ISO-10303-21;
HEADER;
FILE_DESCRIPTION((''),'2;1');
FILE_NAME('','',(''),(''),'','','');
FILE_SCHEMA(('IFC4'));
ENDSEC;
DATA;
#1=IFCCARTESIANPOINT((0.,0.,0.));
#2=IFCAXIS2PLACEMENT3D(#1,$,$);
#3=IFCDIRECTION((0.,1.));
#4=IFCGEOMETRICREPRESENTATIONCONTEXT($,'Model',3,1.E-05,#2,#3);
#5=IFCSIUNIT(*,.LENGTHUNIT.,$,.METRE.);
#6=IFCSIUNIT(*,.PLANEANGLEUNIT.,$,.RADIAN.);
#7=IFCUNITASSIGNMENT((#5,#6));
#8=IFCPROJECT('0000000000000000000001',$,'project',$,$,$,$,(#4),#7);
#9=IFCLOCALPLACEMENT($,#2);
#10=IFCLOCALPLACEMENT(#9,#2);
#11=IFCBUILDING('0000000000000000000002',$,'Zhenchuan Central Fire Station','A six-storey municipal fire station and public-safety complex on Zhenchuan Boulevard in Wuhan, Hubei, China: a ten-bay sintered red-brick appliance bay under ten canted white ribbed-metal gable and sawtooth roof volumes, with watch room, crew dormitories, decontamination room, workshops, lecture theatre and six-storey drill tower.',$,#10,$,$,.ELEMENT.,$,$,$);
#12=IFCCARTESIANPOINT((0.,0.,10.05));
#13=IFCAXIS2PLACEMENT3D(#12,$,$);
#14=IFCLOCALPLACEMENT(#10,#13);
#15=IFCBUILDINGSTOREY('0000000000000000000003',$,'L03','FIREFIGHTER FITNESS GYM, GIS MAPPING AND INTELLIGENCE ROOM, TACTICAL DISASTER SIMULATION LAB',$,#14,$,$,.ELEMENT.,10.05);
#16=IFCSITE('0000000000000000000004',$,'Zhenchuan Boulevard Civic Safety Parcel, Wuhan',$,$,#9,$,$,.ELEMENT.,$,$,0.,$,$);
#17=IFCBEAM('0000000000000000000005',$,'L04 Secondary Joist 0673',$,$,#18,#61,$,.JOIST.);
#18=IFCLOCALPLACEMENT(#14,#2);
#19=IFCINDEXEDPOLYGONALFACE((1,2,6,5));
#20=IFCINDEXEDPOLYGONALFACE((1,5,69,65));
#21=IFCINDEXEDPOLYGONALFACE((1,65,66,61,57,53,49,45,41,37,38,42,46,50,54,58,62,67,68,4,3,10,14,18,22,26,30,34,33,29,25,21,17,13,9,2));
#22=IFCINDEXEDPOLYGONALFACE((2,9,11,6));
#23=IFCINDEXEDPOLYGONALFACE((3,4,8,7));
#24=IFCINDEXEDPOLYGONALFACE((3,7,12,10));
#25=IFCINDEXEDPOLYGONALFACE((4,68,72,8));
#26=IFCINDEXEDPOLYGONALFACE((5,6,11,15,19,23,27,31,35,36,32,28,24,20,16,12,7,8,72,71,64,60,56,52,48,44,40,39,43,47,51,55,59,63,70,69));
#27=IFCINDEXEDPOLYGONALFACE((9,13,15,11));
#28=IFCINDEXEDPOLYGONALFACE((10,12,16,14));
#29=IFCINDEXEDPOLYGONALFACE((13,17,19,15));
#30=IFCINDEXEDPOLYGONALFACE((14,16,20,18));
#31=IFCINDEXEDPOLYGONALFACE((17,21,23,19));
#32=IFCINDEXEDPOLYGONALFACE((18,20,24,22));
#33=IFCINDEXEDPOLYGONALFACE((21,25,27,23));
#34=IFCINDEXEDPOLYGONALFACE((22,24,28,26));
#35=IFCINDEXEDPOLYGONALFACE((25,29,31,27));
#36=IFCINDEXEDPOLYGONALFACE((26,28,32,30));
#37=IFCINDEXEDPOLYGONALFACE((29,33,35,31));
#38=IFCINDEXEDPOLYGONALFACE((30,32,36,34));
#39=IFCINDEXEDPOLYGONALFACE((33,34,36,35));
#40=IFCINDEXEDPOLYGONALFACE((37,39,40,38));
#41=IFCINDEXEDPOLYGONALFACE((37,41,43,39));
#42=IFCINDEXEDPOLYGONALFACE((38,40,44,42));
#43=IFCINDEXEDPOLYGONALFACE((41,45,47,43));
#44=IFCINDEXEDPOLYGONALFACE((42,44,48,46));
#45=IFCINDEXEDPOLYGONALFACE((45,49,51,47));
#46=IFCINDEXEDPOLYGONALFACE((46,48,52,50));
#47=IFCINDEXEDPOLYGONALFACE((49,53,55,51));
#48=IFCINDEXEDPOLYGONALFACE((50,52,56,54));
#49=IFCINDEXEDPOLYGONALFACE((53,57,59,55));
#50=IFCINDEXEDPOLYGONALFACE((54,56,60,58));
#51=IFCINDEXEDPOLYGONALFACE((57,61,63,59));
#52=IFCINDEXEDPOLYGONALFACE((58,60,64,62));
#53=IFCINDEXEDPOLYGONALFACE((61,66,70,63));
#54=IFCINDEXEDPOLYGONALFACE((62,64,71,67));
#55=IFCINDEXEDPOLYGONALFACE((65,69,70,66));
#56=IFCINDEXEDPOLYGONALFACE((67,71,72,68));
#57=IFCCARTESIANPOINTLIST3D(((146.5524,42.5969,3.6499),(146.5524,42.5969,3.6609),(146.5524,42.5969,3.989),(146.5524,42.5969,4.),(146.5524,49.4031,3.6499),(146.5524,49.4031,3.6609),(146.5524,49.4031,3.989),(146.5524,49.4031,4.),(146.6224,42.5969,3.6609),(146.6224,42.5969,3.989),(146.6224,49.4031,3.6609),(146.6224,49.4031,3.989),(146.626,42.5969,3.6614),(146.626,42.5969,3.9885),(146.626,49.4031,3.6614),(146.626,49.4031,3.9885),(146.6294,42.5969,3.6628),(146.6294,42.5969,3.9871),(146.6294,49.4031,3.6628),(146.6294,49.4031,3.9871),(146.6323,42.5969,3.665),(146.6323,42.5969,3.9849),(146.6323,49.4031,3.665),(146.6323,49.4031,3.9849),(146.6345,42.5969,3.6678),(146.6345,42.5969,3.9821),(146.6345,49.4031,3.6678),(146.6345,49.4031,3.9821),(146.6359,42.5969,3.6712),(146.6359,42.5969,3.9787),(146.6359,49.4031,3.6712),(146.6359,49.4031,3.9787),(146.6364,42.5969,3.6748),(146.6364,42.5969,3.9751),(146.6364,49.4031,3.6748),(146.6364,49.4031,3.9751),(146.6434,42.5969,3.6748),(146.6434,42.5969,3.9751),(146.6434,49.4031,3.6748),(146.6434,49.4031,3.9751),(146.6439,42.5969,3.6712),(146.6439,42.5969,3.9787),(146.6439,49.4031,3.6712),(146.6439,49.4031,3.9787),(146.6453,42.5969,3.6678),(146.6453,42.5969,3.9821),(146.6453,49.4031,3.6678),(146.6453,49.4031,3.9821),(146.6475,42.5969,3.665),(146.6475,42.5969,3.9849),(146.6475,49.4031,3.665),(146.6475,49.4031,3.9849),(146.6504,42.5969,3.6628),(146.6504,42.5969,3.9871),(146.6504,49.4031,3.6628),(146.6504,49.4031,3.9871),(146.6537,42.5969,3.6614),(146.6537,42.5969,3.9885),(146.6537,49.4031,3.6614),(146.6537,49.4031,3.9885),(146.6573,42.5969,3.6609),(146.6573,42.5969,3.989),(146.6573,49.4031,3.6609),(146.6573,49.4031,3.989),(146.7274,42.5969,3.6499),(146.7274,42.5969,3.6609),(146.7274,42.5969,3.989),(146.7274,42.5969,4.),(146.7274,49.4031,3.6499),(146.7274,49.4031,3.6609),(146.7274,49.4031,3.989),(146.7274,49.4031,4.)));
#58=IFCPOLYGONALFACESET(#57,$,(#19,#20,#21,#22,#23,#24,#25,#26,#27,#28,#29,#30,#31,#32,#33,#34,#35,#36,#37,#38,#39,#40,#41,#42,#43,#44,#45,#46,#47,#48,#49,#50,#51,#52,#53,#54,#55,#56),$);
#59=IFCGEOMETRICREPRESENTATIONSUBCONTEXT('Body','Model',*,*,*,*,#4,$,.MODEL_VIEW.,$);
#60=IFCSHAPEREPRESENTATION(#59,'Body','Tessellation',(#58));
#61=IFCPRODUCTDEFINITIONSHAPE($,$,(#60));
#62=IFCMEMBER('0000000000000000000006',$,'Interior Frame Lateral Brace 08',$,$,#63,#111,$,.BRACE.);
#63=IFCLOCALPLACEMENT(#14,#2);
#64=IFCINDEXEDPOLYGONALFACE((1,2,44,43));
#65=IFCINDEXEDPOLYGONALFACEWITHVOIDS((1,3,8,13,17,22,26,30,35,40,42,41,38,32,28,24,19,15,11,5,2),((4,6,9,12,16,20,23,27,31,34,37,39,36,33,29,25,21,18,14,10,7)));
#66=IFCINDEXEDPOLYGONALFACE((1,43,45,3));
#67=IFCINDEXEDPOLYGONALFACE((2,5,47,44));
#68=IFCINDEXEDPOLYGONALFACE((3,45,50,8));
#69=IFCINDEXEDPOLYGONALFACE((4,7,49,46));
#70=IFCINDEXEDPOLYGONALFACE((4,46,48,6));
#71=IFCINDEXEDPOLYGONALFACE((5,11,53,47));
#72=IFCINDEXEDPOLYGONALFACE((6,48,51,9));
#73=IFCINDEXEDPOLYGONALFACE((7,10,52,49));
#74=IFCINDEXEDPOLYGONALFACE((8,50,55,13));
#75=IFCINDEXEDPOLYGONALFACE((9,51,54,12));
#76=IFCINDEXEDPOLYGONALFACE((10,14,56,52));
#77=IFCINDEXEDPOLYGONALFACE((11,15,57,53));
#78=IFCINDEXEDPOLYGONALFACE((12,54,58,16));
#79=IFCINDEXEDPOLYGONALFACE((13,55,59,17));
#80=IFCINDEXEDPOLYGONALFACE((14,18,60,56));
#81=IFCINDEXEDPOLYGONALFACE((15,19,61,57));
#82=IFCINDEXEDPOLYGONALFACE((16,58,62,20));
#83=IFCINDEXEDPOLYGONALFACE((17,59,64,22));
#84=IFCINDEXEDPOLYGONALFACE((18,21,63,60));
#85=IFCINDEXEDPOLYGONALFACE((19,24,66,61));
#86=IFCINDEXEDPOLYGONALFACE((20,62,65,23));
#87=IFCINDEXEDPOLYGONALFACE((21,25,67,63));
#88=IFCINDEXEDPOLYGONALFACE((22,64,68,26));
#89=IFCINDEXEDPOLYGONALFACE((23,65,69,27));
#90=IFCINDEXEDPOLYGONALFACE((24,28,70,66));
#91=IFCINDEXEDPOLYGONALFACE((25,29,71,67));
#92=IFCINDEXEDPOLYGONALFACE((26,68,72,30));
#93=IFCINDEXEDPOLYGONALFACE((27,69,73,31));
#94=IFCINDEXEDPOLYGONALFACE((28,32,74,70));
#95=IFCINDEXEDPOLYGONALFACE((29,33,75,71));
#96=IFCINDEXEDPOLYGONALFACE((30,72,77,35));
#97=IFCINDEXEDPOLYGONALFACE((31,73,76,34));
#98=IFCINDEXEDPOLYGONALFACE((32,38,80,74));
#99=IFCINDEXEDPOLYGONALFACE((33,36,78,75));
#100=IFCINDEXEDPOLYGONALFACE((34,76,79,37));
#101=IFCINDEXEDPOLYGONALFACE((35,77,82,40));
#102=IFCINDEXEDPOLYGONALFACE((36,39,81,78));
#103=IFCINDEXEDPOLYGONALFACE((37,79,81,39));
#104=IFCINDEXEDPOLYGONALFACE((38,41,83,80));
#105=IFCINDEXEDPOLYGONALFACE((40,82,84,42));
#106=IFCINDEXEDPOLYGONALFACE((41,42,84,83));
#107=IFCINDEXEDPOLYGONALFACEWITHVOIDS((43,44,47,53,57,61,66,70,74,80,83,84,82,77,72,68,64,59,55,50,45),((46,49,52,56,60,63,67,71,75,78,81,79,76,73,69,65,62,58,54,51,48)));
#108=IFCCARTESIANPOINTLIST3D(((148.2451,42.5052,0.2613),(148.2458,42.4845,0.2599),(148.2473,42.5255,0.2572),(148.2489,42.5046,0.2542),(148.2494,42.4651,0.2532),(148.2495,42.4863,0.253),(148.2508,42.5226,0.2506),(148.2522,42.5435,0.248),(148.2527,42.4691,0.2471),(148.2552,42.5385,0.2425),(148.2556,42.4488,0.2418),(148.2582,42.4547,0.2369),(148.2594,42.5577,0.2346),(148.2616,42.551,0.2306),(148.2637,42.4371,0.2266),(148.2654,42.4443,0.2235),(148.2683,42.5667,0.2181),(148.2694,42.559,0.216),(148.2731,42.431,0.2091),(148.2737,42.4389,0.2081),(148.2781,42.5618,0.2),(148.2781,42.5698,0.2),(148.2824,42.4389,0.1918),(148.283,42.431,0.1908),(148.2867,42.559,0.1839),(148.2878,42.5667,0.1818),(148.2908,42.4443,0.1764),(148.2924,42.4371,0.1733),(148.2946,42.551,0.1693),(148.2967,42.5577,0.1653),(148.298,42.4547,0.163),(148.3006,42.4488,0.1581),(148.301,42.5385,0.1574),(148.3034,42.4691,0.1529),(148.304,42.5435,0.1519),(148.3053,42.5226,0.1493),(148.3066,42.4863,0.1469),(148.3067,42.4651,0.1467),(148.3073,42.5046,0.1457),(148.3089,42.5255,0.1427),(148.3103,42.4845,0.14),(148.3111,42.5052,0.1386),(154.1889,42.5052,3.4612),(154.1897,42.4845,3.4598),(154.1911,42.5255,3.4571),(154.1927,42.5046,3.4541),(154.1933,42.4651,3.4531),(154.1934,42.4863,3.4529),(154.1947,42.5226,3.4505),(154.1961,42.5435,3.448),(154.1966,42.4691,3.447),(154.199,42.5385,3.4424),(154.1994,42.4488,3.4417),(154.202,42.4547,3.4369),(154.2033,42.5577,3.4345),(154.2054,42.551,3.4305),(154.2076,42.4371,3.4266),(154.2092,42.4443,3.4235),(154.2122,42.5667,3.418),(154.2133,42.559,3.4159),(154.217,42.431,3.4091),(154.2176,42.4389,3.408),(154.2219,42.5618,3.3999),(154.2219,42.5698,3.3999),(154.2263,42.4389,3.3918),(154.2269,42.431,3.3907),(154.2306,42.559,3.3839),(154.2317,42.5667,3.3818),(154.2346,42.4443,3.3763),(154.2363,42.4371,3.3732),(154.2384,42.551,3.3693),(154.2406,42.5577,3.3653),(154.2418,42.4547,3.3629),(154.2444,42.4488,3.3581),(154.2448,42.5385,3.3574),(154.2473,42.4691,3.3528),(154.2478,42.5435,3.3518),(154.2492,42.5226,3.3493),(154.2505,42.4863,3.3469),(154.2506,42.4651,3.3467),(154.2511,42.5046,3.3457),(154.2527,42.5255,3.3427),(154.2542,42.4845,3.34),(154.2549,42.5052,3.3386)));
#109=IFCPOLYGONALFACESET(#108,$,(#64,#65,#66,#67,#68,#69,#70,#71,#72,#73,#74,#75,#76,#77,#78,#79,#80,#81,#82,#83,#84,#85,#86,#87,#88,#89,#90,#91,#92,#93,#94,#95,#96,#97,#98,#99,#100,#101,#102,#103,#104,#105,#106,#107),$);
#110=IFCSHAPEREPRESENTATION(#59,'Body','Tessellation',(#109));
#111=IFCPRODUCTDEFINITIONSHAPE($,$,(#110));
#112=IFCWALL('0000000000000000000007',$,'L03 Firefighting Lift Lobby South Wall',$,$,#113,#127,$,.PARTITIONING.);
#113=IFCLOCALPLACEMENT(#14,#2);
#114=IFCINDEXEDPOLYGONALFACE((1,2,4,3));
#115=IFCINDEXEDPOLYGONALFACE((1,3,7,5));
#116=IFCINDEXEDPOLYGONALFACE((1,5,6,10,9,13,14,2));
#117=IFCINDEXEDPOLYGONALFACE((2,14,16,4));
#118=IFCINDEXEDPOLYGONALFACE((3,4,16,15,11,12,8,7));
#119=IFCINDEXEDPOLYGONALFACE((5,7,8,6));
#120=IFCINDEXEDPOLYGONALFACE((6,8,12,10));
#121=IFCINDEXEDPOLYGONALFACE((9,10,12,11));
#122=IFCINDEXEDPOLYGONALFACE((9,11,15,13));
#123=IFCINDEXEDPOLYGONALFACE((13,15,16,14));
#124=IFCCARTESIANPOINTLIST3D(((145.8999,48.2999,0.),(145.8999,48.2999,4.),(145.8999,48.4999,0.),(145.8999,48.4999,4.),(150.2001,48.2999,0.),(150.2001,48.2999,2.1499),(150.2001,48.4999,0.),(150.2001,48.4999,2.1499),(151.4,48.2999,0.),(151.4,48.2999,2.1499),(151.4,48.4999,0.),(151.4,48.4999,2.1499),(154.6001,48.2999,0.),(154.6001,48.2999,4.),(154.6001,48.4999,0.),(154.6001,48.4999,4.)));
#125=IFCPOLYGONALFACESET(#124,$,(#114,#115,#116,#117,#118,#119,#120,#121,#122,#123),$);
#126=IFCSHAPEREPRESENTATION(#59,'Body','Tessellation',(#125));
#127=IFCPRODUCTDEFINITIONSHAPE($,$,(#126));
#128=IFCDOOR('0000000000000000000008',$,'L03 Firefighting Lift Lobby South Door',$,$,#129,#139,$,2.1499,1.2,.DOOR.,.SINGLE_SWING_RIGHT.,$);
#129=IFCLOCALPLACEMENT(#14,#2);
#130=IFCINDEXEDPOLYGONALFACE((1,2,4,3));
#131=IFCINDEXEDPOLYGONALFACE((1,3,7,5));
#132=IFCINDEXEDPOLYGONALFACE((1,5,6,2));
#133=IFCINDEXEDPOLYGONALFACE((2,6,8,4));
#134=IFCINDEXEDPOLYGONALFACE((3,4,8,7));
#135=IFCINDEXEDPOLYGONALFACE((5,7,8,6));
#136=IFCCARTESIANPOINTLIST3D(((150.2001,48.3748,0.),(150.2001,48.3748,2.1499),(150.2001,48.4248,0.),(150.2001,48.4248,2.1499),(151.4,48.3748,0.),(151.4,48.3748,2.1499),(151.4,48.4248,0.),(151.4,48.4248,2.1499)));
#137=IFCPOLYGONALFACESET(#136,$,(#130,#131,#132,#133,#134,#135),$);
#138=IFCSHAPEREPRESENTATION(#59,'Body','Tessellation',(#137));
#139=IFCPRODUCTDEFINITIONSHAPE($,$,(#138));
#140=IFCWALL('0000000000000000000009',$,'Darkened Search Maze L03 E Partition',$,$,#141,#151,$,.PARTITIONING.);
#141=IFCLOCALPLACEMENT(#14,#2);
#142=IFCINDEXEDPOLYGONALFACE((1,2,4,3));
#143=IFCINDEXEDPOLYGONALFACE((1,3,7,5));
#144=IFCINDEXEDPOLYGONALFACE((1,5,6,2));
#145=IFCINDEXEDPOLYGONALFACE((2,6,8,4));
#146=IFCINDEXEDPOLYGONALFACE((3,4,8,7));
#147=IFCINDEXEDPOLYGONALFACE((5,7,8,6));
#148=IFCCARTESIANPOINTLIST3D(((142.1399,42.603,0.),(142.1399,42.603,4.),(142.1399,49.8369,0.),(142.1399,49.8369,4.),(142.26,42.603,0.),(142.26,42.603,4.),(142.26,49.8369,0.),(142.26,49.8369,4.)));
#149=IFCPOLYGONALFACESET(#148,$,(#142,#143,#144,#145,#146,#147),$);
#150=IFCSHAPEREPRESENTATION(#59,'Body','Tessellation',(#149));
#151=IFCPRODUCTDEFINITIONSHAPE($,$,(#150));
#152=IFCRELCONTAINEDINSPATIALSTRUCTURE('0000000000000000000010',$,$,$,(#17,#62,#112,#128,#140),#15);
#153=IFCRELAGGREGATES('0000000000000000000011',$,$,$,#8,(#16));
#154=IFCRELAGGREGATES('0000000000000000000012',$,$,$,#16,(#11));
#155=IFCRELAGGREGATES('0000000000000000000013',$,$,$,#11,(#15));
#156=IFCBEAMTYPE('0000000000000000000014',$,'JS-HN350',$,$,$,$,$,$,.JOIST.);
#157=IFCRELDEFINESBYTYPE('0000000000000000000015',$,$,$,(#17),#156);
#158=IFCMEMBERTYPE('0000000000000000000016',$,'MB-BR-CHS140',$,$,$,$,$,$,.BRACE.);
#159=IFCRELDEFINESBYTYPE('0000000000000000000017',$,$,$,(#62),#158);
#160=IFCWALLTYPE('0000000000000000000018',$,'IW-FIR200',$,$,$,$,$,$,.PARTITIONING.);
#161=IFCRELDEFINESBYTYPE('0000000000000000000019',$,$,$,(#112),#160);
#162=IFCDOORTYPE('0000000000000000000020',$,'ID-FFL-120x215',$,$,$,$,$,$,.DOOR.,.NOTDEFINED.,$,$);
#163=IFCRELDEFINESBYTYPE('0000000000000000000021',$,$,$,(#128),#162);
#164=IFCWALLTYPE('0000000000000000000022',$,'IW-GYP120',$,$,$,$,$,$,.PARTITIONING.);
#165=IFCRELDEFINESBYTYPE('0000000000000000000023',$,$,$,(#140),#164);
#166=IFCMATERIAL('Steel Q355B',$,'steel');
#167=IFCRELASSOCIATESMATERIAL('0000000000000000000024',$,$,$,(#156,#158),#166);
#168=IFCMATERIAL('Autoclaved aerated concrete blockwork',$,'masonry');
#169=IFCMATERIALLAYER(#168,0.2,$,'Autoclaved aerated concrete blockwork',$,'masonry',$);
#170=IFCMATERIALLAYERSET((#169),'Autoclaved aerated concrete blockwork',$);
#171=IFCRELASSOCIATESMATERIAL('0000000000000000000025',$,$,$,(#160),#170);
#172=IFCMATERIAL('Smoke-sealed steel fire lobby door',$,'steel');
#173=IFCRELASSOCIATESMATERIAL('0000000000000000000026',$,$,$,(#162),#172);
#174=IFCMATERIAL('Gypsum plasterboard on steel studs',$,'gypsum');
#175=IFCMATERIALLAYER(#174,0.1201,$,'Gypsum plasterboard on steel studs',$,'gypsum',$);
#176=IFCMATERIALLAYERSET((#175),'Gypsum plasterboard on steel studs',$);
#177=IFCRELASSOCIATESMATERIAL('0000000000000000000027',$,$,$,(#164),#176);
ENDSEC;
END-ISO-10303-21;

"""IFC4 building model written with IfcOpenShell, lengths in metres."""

from ifc_helpers import new_model, si_unit, direction, frame, frame_2d, origin, origin_2d, place, context, subcontext, project, spatial, rectangle, hollow_circle, i_section, extrude, material, layer, layer_set, material_profile, profile_set, type_object, element, fill, save


model = new_model("IFC4")

# Units and contexts
model_context = context("Model", 3, precision=1e-05, world=origin(), true_north=direction((0.0, 1.0)))
body_context = subcontext(model_context, "Body", "Model", "MODEL_VIEW")
ifc_project = project(units=[si_unit("LENGTHUNIT", "METRE"), si_unit("PLANEANGLEUNIT", "RADIAN")], contexts=[model_context])

# Site, building, storey
site_placement = place(None, origin())
site = spatial("IfcSite", under=ifc_project, at=site_placement, Name="Zhenchuan Boulevard Civic Safety Parcel, Wuhan", CompositionType="ELEMENT", RefElevation=0.0)
building_placement = place(site_placement, origin())
building = spatial("IfcBuilding", under=site, at=building_placement, Name="Zhenchuan Central Fire Station", Description="A six-storey municipal fire station and public-safety complex on Zhenchuan Boulevard in Wuhan, Hubei, China: a ten-bay sintered red-brick appliance bay under ten canted white ribbed-metal gable and sawtooth roof volumes, with watch room, crew dormitories, decontamination room, workshops, lecture theatre and six-storey drill tower.", CompositionType="ELEMENT")
storey_placement = place(building_placement, frame((0.0, 0.0, 10.05)))
storey = spatial("IfcBuildingStorey", under=building, at=storey_placement, Name="L03", Description="FIREFIGHTER FITNESS GYM, GIS MAPPING AND INTELLIGENCE ROOM, TACTICAL DISASTER SIMULATION LAB", CompositionType="ELEMENT", Elevation=10.05)

# Beam
ifc_material_1 = material(Name="Steel Q355B", Category="steel")
ifc_material_profile_1 = material_profile(ifc_material_1, i_section(OverallWidth=0.175, OverallDepth=0.3501, WebThickness=0.0071, FlangeThickness=0.011, FilletRadius=0.0139, at=origin_2d()), Name="HN 350x175")
ifc_profile_set_1 = profile_set([ifc_material_profile_1], Name="Steel Q355B")
beam_type_1 = type_object("IfcBeamType", Name="JS-HN350", PredefinedType="JOIST", material=ifc_profile_set_1)
beam_1_placement = place(storey_placement, frame((146.6399, 42.5969, 3.825), z_axis=(0.0, 1.0, 0.0), x_axis=(-1.0, 0.0, 0.0)))
element("IfcBeam", 1, at=beam_1_placement, inside=storey, type_object=beam_type_1, Name="L04 Secondary Joist 0673", PredefinedType="JOIST", context=body_context, shape_type="SweptSolid", body=[
    extrude(i_section(OverallWidth=0.175, OverallDepth=0.3501, WebThickness=0.0071, FlangeThickness=0.011, FilletRadius=0.0139, at=origin_2d()), origin(), (0.0, 0.0, 1.0), 6.8062),
])

# Member
ifc_material_profile_2 = material_profile(ifc_material_1, hollow_circle(Radius=0.0698, WallThickness=0.0081, at=origin_2d()), Name="CHS 139.7x8")
ifc_profile_set_2 = profile_set([ifc_material_profile_2], Name="Steel Q355B")
member_type = type_object("IfcMemberType", Name="MB-BR-CHS140", PredefinedType="BRACE", material=ifc_profile_set_2)
member_placement = place(storey_placement, frame((148.2781, 42.5, 0.2), z_axis=(0.880507, 0.0, 0.474033), x_axis=(0.0, 1.0, 0.0)))
element("IfcMember", 2, at=member_placement, inside=storey, type_object=member_type, Name="Interior Frame Lateral Brace 08", PredefinedType="BRACE", context=body_context, shape_type="SweptSolid", body=[
    extrude(hollow_circle(Radius=0.0698, WallThickness=0.0081, at=origin_2d()), origin(), (0.0, 0.0, 1.0), 6.7505),
])

# Wall, opening, door
ifc_material_2 = material(Name="Autoclaved aerated concrete blockwork", Category="masonry")
ifc_layer_1 = layer(ifc_material_2, 0.2, Name="Autoclaved aerated concrete blockwork", Category="masonry")
ifc_layer_set_1 = layer_set([ifc_layer_1], Name="Autoclaved aerated concrete blockwork")
wall_type_1 = type_object("IfcWallType", Name="IW-FIR200", PredefinedType="PARTITIONING", material=ifc_layer_set_1)
wall_1_placement = place(storey_placement, frame((145.8999, 48.3999, 0.0), z_axis=(0.0, 0.0, 1.0), x_axis=(1.0, 0.0, 0.0)))
wall_1 = element("IfcWall", 3, at=wall_1_placement, inside=storey, type_object=wall_type_1, Name="L03 Firefighting Lift Lobby South Wall", PredefinedType="PARTITIONING", context=body_context, shape_type="SweptSolid", body=[
    extrude(rectangle(XDim=8.7002, YDim=0.2, at=frame_2d((4.3501, 0.0))), origin(), (0.0, 0.0, 1.0), 4.0),
])
opening_1_placement = place(wall_1_placement, frame((4.3, 0.0, 0.0)))
opening_1 = element("IfcOpeningElement", 4, at=opening_1_placement, cuts=wall_1, PredefinedType="OPENING", context=body_context, shape_type="SweptSolid", body=[
    extrude(rectangle(XDim=1.2, YDim=2.1499, at=frame_2d((0.6001, 1.075))), frame((0.0, 0.1099, 0.0), z_axis=(0.0, -1.0, 0.0), x_axis=(1.0, 0.0, 0.0)), (0.0, 0.0, 1.0), 0.22),
])
ifc_material_3 = material(Name="Smoke-sealed steel fire lobby door", Category="steel")
door_type = type_object("IfcDoorType", Name="ID-FFL-120x215", OperationType="NOTDEFINED", PredefinedType="DOOR", material=ifc_material_3)
door_1_placement = place(opening_1_placement, origin())
door_1 = element("IfcDoor", 5, at=door_1_placement, inside=storey, type_object=door_type, Name="L03 Firefighting Lift Lobby South Door", OperationType="SINGLE_SWING_RIGHT", OverallHeight=2.1499, OverallWidth=1.2, PredefinedType="DOOR", context=body_context, shape_type="SweptSolid", body=[
    extrude(rectangle(XDim=1.2, YDim=2.1499, at=frame_2d((0.6001, 1.075))), frame((0.0, 0.0249, 0.0), z_axis=(0.0, -1.0, 0.0), x_axis=(1.0, 0.0, 0.0)), (0.0, 0.0, 1.0), 0.05),
])
fill(opening_1, door_1)

# Wall
ifc_material_4 = material(Name="Gypsum plasterboard on steel studs", Category="gypsum")
ifc_layer_2 = layer(ifc_material_4, 0.1201, Name="Gypsum plasterboard on steel studs", Category="gypsum")
ifc_layer_set_2 = layer_set([ifc_layer_2], Name="Gypsum plasterboard on steel studs")
wall_type_2 = type_object("IfcWallType", Name="IW-GYP120", PredefinedType="PARTITIONING", material=ifc_layer_set_2)
wall_2_placement = place(storey_placement, frame((142.2, 42.603, 0.0), z_axis=(0.0, 0.0, 1.0), x_axis=(0.0, 1.0, 0.0)))
element("IfcWall", 6, at=wall_2_placement, inside=storey, type_object=wall_type_2, Name="Darkened Search Maze L03 E Partition", PredefinedType="PARTITIONING", context=body_context, shape_type="SweptSolid", body=[
    extrude(rectangle(XDim=7.2339, YDim=0.1201, at=frame_2d((3.6169, 0.0))), origin(), (0.0, 0.0, 1.0), 4.0),
])

save(model, "model.ifc")
